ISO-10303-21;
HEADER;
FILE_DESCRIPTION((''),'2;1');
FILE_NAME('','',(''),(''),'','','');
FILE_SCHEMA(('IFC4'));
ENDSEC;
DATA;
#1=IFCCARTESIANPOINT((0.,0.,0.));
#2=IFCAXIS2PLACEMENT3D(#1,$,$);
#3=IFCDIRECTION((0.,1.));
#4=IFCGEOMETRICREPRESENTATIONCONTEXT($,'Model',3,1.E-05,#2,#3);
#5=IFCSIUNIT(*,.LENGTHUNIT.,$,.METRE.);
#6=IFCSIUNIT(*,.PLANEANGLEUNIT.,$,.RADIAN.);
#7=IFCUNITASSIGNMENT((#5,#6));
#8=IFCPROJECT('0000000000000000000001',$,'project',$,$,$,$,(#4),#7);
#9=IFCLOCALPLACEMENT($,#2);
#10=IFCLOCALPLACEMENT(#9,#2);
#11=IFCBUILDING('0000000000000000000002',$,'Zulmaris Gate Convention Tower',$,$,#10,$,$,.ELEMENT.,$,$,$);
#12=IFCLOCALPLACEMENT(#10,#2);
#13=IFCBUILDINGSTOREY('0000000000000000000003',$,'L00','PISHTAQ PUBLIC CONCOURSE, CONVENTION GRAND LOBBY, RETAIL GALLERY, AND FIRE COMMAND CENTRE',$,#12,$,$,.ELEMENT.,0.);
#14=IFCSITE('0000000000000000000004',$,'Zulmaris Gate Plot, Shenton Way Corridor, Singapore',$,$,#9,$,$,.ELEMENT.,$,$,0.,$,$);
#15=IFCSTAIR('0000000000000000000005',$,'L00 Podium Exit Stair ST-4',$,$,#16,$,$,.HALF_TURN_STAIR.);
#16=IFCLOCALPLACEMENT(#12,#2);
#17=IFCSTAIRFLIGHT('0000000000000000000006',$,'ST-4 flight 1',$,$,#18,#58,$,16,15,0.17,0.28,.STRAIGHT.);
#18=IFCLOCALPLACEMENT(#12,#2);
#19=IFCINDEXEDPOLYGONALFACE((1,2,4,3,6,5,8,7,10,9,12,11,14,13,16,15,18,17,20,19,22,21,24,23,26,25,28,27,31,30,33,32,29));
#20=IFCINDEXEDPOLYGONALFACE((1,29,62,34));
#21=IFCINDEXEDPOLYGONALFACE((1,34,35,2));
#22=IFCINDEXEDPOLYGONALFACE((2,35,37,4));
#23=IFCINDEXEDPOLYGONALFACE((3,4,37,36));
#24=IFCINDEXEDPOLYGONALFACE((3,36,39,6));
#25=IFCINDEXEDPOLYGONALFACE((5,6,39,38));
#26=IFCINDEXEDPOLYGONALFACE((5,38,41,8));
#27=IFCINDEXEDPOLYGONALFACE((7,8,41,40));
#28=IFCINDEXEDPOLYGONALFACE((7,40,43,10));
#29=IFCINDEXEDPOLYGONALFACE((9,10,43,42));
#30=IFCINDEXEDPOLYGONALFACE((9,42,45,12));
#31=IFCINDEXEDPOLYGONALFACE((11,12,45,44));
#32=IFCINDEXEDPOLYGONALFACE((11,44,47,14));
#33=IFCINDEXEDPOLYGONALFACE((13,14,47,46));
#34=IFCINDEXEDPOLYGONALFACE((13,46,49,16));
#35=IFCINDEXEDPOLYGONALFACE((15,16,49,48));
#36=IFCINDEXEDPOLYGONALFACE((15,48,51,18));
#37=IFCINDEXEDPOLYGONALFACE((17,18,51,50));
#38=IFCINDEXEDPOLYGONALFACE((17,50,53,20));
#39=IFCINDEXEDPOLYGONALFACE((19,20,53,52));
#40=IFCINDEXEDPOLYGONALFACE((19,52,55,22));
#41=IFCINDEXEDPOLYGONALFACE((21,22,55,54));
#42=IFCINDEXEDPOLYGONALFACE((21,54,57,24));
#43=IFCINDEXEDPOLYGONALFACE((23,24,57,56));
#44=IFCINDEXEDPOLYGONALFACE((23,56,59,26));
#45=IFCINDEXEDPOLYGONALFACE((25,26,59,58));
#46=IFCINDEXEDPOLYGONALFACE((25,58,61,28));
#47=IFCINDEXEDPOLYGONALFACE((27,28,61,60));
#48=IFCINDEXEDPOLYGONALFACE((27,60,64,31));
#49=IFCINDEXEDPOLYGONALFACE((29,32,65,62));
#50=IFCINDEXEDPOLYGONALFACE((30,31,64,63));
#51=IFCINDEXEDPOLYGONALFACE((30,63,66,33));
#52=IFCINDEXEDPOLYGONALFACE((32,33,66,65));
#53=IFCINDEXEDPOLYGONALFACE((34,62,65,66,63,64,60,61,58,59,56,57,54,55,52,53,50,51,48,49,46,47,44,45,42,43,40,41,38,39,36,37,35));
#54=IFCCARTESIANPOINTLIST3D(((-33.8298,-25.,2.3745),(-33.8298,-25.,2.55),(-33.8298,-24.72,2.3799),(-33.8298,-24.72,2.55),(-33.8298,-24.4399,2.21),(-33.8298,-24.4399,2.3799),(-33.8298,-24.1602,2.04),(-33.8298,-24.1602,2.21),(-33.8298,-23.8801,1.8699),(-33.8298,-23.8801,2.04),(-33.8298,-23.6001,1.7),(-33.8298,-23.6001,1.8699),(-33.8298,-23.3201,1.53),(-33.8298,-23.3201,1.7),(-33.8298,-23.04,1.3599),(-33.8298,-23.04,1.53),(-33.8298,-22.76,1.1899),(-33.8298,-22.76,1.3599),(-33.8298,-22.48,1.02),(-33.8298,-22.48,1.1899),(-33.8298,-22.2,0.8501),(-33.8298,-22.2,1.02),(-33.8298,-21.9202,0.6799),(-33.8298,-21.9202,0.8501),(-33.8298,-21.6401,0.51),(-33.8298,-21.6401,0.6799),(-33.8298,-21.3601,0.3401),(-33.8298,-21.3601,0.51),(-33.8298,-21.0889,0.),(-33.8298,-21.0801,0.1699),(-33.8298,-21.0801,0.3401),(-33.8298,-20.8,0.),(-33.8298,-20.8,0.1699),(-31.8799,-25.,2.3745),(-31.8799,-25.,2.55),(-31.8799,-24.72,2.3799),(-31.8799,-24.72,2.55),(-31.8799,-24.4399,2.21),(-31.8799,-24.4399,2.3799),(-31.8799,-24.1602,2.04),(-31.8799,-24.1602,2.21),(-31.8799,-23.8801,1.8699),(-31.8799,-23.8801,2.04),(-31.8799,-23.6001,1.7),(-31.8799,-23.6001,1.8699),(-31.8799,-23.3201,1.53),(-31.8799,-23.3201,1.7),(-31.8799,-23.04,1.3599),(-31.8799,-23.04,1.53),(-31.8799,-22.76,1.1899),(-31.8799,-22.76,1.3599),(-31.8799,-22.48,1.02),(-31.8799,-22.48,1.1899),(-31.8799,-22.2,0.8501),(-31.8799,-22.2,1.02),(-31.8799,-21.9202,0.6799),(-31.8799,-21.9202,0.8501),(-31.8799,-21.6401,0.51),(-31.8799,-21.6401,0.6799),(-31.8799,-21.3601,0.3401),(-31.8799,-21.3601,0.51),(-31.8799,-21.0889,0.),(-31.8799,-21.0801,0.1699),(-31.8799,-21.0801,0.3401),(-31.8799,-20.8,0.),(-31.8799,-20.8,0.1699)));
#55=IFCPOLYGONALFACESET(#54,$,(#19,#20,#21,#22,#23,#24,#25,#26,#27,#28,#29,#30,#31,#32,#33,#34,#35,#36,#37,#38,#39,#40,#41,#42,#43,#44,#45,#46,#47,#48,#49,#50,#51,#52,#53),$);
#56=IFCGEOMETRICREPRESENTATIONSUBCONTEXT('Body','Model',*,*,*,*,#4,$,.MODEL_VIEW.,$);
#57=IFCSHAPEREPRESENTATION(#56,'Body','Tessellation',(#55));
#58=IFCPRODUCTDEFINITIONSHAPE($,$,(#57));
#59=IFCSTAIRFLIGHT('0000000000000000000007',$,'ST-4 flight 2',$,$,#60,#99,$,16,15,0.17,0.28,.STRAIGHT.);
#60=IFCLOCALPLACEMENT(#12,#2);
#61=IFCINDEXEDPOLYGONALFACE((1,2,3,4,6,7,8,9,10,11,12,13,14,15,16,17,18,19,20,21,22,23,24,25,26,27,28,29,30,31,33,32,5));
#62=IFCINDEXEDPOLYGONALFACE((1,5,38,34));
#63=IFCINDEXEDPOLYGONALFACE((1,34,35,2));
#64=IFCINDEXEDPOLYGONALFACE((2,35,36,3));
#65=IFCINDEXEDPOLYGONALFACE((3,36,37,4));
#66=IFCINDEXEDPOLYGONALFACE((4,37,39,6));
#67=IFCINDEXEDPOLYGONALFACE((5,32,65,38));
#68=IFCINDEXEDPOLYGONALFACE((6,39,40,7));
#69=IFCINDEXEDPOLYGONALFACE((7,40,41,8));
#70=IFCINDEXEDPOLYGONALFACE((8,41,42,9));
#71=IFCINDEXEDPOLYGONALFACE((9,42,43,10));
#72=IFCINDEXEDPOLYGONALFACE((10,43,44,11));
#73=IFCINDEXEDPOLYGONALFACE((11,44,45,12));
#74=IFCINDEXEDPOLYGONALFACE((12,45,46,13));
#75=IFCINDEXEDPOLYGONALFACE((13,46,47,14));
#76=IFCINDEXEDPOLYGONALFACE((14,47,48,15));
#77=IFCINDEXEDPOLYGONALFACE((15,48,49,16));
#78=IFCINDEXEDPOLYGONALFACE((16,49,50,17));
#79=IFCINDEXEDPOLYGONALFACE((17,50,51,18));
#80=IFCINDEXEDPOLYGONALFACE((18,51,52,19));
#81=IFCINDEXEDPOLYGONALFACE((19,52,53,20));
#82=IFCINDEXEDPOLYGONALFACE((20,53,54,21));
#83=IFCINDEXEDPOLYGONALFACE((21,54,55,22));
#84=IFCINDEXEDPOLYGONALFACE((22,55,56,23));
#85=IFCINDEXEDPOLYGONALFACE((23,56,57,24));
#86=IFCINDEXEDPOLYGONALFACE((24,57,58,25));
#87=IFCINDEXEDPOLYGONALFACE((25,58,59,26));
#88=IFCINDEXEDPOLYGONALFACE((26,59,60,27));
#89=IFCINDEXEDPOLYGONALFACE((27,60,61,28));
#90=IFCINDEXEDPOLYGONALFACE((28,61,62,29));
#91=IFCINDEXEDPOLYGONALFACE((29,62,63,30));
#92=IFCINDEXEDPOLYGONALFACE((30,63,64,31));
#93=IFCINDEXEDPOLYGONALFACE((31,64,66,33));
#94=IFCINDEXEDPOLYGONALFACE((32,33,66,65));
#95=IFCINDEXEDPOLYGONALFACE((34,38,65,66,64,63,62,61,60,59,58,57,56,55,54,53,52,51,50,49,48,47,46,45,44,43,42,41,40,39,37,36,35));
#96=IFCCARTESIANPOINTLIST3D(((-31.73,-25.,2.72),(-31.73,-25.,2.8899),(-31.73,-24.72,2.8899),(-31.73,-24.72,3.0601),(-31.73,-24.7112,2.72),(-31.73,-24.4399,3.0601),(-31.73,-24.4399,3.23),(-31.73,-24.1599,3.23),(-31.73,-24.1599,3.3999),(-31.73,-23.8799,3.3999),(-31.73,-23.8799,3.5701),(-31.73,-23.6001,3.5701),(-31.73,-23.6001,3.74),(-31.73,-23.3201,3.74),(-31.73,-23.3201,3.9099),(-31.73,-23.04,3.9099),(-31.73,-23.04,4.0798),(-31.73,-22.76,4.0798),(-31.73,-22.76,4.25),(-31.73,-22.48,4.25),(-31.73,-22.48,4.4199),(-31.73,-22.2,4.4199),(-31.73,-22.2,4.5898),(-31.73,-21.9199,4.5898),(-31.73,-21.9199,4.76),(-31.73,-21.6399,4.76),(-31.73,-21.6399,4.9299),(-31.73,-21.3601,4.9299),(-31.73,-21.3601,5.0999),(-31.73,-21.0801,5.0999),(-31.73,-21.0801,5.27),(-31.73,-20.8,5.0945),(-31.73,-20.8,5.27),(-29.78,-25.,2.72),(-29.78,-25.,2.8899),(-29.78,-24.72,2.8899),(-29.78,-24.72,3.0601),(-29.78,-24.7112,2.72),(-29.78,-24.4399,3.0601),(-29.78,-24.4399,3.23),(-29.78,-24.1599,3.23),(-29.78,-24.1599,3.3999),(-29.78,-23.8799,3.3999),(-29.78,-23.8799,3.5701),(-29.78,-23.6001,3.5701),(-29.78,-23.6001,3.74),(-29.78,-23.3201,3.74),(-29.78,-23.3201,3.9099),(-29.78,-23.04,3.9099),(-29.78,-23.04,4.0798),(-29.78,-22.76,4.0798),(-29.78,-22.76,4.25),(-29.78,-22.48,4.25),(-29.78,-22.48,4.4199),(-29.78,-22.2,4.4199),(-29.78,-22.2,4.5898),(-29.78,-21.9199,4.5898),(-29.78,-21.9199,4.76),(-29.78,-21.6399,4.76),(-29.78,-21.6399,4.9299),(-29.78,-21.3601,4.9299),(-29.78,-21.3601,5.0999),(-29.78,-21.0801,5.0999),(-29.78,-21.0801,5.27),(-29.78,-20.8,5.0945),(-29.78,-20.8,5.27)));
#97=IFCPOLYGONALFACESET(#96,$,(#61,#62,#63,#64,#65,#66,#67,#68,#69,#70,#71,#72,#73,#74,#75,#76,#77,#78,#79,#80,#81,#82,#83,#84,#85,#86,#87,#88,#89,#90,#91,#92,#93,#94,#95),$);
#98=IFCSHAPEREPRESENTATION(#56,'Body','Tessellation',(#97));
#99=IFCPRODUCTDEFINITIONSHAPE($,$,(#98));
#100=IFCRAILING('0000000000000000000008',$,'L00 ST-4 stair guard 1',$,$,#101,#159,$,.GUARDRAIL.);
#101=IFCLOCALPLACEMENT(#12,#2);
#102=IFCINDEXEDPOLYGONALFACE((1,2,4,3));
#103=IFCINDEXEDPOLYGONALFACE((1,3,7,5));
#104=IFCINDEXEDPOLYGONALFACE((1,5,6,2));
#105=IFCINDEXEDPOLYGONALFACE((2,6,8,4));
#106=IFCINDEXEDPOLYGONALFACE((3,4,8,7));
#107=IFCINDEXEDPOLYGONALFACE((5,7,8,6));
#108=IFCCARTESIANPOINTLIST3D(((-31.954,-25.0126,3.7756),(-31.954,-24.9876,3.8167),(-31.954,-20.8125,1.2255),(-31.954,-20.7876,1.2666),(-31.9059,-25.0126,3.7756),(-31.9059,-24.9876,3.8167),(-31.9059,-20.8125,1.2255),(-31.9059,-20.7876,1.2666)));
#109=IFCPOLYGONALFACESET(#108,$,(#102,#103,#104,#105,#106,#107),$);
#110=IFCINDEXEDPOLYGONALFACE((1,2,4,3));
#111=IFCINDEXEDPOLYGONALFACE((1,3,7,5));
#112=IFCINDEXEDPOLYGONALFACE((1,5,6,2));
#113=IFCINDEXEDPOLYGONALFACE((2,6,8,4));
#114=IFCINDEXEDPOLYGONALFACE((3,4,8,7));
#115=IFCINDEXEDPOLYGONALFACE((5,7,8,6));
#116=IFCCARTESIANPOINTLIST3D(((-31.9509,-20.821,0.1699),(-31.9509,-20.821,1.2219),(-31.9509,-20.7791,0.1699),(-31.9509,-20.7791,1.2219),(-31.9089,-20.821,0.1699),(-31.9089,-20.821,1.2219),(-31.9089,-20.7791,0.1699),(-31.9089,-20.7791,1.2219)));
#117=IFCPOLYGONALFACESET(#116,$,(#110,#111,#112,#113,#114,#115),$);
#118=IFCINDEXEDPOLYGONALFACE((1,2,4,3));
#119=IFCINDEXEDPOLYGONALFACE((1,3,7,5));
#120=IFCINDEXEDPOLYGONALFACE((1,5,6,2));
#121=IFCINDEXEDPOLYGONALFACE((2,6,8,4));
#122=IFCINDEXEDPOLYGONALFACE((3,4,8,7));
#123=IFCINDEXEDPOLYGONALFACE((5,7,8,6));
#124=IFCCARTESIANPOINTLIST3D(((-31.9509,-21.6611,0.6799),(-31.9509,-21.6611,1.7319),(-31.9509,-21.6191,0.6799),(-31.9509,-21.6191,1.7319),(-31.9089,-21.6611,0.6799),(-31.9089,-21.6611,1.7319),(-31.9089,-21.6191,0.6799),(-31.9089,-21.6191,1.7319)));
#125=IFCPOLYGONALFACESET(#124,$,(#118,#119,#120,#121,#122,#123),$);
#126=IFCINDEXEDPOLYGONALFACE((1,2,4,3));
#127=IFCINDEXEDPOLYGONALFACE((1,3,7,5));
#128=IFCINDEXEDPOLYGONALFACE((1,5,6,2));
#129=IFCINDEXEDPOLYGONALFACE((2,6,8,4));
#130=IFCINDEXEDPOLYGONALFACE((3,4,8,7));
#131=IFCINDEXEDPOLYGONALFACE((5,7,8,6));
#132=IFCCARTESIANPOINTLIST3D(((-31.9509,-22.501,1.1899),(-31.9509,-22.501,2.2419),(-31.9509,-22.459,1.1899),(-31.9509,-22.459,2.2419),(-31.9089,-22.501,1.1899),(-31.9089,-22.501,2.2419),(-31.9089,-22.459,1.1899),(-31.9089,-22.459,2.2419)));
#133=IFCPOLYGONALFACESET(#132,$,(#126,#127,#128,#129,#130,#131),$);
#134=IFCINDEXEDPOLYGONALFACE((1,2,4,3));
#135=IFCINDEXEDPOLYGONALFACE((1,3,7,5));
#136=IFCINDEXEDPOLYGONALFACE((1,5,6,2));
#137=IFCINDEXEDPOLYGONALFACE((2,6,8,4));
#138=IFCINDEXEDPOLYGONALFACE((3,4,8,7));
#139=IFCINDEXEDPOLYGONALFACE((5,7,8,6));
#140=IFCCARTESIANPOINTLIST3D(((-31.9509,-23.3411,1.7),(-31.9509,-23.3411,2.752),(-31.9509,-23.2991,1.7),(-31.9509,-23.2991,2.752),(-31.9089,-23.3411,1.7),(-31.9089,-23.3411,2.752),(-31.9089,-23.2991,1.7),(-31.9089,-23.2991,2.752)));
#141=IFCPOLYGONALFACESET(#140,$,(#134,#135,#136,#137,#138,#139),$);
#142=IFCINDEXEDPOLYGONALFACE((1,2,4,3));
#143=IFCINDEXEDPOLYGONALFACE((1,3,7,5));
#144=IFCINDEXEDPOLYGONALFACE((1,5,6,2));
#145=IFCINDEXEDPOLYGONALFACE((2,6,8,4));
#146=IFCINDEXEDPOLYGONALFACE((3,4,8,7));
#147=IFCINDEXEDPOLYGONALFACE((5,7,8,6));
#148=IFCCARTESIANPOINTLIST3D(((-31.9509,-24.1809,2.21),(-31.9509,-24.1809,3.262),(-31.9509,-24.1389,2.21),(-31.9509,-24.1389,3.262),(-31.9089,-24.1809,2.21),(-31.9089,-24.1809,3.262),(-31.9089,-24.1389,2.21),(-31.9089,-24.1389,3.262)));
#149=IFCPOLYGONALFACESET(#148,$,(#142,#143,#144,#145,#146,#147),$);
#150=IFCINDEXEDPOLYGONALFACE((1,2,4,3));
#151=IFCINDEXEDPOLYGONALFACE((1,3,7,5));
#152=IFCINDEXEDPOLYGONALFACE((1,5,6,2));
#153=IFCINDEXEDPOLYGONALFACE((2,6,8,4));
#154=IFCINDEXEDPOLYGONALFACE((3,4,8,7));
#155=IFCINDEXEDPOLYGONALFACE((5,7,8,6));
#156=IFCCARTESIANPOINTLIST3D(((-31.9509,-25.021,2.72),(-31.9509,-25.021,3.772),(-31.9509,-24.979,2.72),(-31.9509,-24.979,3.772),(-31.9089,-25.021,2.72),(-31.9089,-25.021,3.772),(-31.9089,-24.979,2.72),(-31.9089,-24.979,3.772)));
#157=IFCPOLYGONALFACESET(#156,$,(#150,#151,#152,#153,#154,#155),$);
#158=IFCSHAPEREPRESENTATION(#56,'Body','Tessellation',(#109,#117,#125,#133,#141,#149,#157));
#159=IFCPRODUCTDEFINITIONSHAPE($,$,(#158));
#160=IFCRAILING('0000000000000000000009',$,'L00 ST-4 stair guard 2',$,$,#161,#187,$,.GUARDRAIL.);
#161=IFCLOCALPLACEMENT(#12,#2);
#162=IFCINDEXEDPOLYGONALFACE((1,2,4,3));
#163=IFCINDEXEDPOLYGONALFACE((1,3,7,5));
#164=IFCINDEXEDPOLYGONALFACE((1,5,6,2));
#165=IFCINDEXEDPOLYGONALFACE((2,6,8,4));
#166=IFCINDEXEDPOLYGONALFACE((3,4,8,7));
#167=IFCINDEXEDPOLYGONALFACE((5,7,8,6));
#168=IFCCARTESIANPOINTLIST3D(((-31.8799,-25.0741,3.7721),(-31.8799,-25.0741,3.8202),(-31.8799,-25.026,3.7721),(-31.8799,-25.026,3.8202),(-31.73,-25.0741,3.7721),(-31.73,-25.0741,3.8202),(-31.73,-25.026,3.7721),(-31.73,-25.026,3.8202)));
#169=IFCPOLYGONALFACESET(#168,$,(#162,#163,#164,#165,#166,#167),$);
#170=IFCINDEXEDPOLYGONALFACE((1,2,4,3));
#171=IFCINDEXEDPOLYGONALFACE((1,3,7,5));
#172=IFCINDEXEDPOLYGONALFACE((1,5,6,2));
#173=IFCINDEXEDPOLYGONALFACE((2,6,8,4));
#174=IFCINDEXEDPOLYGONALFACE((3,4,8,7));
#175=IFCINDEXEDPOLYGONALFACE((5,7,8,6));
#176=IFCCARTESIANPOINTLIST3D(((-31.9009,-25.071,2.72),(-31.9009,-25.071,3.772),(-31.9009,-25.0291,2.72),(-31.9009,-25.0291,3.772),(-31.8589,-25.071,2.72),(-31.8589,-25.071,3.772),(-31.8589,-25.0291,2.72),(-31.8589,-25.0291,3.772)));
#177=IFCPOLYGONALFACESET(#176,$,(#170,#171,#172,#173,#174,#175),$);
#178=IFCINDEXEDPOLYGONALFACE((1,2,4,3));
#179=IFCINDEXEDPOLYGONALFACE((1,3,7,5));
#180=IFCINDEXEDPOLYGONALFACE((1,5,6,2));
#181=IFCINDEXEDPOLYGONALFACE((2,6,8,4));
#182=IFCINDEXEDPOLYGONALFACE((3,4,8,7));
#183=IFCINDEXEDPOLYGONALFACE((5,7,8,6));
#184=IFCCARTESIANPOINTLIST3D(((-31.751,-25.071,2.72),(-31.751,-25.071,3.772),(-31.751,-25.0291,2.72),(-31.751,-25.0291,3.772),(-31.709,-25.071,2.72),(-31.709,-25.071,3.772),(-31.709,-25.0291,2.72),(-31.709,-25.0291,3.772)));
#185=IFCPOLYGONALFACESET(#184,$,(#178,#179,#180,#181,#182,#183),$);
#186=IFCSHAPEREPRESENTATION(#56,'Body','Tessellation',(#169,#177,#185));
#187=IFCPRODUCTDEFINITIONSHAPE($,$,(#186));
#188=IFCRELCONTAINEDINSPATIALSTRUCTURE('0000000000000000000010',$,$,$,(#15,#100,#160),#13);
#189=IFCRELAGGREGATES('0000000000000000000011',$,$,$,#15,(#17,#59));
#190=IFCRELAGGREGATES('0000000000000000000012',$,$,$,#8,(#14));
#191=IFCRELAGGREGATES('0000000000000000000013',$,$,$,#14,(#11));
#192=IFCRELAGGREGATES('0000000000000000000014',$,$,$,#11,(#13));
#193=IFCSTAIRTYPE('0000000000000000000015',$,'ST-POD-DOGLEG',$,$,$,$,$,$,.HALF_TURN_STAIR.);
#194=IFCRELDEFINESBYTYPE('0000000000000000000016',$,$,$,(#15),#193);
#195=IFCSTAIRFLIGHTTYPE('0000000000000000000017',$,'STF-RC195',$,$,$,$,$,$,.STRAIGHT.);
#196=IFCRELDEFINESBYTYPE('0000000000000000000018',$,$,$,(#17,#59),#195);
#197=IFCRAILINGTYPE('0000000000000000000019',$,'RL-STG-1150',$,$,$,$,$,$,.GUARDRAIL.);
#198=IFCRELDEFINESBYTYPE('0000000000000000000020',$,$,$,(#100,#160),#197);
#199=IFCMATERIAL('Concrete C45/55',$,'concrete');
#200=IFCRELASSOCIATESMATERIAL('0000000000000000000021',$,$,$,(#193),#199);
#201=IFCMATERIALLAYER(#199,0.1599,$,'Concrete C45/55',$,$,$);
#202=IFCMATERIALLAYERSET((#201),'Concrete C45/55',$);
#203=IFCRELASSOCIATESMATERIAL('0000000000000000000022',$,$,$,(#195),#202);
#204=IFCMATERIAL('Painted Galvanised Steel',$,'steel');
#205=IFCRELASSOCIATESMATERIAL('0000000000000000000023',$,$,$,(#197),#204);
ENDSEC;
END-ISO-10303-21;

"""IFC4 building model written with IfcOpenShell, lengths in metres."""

from ifc_helpers import new_model, si_unit, direction, frame, origin, origin_2d, place, context, subcontext, project, spatial, polyline, rectangle, outline, extrude, material, layer, layer_set, type_object, element, aggregate, save


model = new_model("IFC4")

# Units and contexts
model_context = context("Model", 3, precision=1e-05, world=origin(), true_north=direction((0.0, 1.0)))
body_context = subcontext(model_context, "Body", "Model", "MODEL_VIEW")
ifc_project = project(units=[si_unit("LENGTHUNIT", "METRE"), si_unit("PLANEANGLEUNIT", "RADIAN")], contexts=[model_context])

# Site, building, storey
site_placement = place(None, origin())
site = spatial("IfcSite", under=ifc_project, at=site_placement, Name="Zulmaris Gate Plot, Shenton Way Corridor, Singapore", CompositionType="ELEMENT", RefElevation=0.0)
building_placement = place(site_placement, origin())
building = spatial("IfcBuilding", under=site, at=building_placement, Name="Zulmaris Gate Convention Tower", CompositionType="ELEMENT")
storey_placement = place(building_placement, origin())
storey = spatial("IfcBuildingStorey", under=building, at=storey_placement, Name="L00", Description="PISHTAQ PUBLIC CONCOURSE, CONVENTION GRAND LOBBY, RETAIL GALLERY, AND FIRE COMMAND CENTRE", CompositionType="ELEMENT", Elevation=0.0)

# Stair, stair flights
ifc_material_1 = material(Name="Concrete C45/55", Category="concrete")
stair_type = type_object("IfcStairType", Name="ST-POD-DOGLEG", PredefinedType="HALF_TURN_STAIR", material=ifc_material_1)
stair_placement = place(storey_placement, origin())
stair = element("IfcStair", 1, at=stair_placement, inside=storey, type_object=stair_type, Name="L00 Podium Exit Stair ST-4", PredefinedType="HALF_TURN_STAIR")
ifc_layer_1 = layer(ifc_material_1, 0.1599, Name="Concrete C45/55")
ifc_layer_set_1 = layer_set([ifc_layer_1], Name="Concrete C45/55")
stair_flight_type = type_object("IfcStairFlightType", Name="STF-RC195", PredefinedType="STRAIGHT", material=ifc_layer_set_1)
stair_flight_1_placement = place(storey_placement, frame((-32.855, -20.8, 0.0), z_axis=(0.0, 0.0, 1.0), x_axis=(0.0, -1.0, 0.0)))
stair_flight_1 = element("IfcStairFlight", 2, at=stair_flight_1_placement, type_object=stair_flight_type, Name="ST-4 flight 1", NumberOfRisers=16, NumberOfTreads=15, PredefinedType="STRAIGHT", RiserHeight=0.17, TreadLength=0.28, context=body_context, shape_type="SweptSolid", body=[
    extrude(outline(polyline([(0.0, 0.0), (0.0, 0.1699), (0.28, 0.1699), (0.28, 0.3401), (0.5601, 0.3401), (0.5601, 0.51), (0.8401, 0.51), (0.8401, 0.6799), (1.1201, 0.6799), (1.1201, 0.8501), (1.3999, 0.8501), (1.3999, 1.02), (1.6799, 1.02), (1.6799, 1.1899), (1.96, 1.1899), (1.96, 1.3599), (2.24, 1.3599), (2.24, 1.53), (2.52, 1.53), (2.52, 1.7), (2.8, 1.7), (2.8, 1.8699), (3.0801, 1.8699), (3.0801, 2.04), (3.3601, 2.04), (3.3601, 2.21), (3.6399, 2.21), (3.6399, 2.3799), (3.9199, 2.3799), (3.9199, 2.55), (4.2, 2.55), (4.2, 2.72), (4.2, 2.3745), (0.2888, 0.0), (0.0, 0.0)])), frame((0.0, 0.9751, 0.0), z_axis=(0.0, -1.0, 0.0), x_axis=(1.0, 0.0, 0.0)), (0.0, 0.0, 1.0), 1.95),
])
stair_flight_2_placement = place(storey_placement, frame((-30.7549, -25.0, 2.72), z_axis=(0.0, 0.0, 1.0), x_axis=(0.0, 1.0, 0.0)))
stair_flight_2 = element("IfcStairFlight", 3, at=stair_flight_2_placement, type_object=stair_flight_type, Name="ST-4 flight 2", NumberOfRisers=16, NumberOfTreads=15, PredefinedType="STRAIGHT", RiserHeight=0.17, TreadLength=0.28, context=body_context, shape_type="SweptSolid", body=[
    extrude(outline(polyline([(0.0, 0.0), (0.0, 0.1699), (0.28, 0.1699), (0.28, 0.3401), (0.5601, 0.3401), (0.5601, 0.51), (0.8401, 0.51), (0.8401, 0.6799), (1.1201, 0.6799), (1.1201, 0.8501), (1.3999, 0.8501), (1.3999, 1.02), (1.6799, 1.02), (1.6799, 1.1899), (1.96, 1.1899), (1.96, 1.3599), (2.24, 1.3599), (2.24, 1.53), (2.52, 1.53), (2.52, 1.7), (2.8, 1.7), (2.8, 1.8699), (3.0801, 1.8699), (3.0801, 2.04), (3.3601, 2.04), (3.3601, 2.21), (3.6399, 2.21), (3.6399, 2.3799), (3.9199, 2.3799), (3.9199, 2.55), (4.2, 2.55), (4.2, 2.72), (4.2, 2.3745), (0.2888, 0.0), (0.0, 0.0)])), frame((0.0, 0.9751, 0.0), z_axis=(0.0, -1.0, 0.0), x_axis=(1.0, 0.0, 0.0)), (0.0, 0.0, 1.0), 1.95),
])
aggregate(stair, [stair_flight_1, stair_flight_2])

# Railings
ifc_material_2 = material(Name="Painted Galvanised Steel", Category="steel")
railing_type_1 = type_object("IfcRailingType", Name="RL-STG-1150", PredefinedType="GUARDRAIL", material=ifc_material_2)
railing_1_placement = place(storey_placement, frame((-31.9299, -20.8, 0.1699)))
element("IfcRailing", 4, at=railing_1_placement, inside=storey, type_object=railing_type_1, Name="L00 ST-4 stair guard 1", PredefinedType="GUARDRAIL", context=body_context, shape_type="SweptSolid", body=[
    extrude(rectangle(XDim=0.0481, YDim=0.0481, at=origin_2d()), frame((0.0, 0.0, 1.0762), z_axis=(0.0, -0.85478, 0.51899), x_axis=(1.0, 0.0, 0.0)), (0.0, 0.0, 1.0), 4.9136),
    extrude(rectangle(XDim=0.042, YDim=0.042, at=origin_2d()), origin(), (0.0, 0.0, 1.0), 1.052),
    extrude(rectangle(XDim=0.042, YDim=0.042, at=origin_2d()), frame((0.0, -0.8401, 0.51)), (0.0, 0.0, 1.0), 1.052),
    extrude(rectangle(XDim=0.042, YDim=0.042, at=origin_2d()), frame((0.0, -1.6799, 1.02)), (0.0, 0.0, 1.0), 1.052),
    extrude(rectangle(XDim=0.042, YDim=0.042, at=origin_2d()), frame((0.0, -2.52, 1.53)), (0.0, 0.0, 1.0), 1.052),
    extrude(rectangle(XDim=0.042, YDim=0.042, at=origin_2d()), frame((0.0, -3.3599, 2.04)), (0.0, 0.0, 1.0), 1.052),
    extrude(rectangle(XDim=0.042, YDim=0.042, at=origin_2d()), frame((0.0, -4.2, 2.55)), (0.0, 0.0, 1.0), 1.052),
])
railing_2_placement = place(storey_placement, frame((-31.8799, -25.05, 2.72)))
element("IfcRailing", 5, at=railing_2_placement, inside=storey, type_object=railing_type_1, Name="L00 ST-4 stair guard 2", PredefinedType="GUARDRAIL", context=body_context, shape_type="SweptSolid", body=[
    extrude(rectangle(XDim=0.0481, YDim=0.0481, at=origin_2d()), frame((0.0, 0.0, 1.0762), z_axis=(1.0, 0.0, 0.0), x_axis=(0.0, 1.0, 0.0)), (0.0, 0.0, 1.0), 0.1499),
    extrude(rectangle(XDim=0.042, YDim=0.042, at=origin_2d()), origin(), (0.0, 0.0, 1.0), 1.052),
    extrude(rectangle(XDim=0.042, YDim=0.042, at=origin_2d()), frame((0.1499, 0.0, 0.0)), (0.0, 0.0, 1.0), 1.052),
])

save(model, "model.ifc")
